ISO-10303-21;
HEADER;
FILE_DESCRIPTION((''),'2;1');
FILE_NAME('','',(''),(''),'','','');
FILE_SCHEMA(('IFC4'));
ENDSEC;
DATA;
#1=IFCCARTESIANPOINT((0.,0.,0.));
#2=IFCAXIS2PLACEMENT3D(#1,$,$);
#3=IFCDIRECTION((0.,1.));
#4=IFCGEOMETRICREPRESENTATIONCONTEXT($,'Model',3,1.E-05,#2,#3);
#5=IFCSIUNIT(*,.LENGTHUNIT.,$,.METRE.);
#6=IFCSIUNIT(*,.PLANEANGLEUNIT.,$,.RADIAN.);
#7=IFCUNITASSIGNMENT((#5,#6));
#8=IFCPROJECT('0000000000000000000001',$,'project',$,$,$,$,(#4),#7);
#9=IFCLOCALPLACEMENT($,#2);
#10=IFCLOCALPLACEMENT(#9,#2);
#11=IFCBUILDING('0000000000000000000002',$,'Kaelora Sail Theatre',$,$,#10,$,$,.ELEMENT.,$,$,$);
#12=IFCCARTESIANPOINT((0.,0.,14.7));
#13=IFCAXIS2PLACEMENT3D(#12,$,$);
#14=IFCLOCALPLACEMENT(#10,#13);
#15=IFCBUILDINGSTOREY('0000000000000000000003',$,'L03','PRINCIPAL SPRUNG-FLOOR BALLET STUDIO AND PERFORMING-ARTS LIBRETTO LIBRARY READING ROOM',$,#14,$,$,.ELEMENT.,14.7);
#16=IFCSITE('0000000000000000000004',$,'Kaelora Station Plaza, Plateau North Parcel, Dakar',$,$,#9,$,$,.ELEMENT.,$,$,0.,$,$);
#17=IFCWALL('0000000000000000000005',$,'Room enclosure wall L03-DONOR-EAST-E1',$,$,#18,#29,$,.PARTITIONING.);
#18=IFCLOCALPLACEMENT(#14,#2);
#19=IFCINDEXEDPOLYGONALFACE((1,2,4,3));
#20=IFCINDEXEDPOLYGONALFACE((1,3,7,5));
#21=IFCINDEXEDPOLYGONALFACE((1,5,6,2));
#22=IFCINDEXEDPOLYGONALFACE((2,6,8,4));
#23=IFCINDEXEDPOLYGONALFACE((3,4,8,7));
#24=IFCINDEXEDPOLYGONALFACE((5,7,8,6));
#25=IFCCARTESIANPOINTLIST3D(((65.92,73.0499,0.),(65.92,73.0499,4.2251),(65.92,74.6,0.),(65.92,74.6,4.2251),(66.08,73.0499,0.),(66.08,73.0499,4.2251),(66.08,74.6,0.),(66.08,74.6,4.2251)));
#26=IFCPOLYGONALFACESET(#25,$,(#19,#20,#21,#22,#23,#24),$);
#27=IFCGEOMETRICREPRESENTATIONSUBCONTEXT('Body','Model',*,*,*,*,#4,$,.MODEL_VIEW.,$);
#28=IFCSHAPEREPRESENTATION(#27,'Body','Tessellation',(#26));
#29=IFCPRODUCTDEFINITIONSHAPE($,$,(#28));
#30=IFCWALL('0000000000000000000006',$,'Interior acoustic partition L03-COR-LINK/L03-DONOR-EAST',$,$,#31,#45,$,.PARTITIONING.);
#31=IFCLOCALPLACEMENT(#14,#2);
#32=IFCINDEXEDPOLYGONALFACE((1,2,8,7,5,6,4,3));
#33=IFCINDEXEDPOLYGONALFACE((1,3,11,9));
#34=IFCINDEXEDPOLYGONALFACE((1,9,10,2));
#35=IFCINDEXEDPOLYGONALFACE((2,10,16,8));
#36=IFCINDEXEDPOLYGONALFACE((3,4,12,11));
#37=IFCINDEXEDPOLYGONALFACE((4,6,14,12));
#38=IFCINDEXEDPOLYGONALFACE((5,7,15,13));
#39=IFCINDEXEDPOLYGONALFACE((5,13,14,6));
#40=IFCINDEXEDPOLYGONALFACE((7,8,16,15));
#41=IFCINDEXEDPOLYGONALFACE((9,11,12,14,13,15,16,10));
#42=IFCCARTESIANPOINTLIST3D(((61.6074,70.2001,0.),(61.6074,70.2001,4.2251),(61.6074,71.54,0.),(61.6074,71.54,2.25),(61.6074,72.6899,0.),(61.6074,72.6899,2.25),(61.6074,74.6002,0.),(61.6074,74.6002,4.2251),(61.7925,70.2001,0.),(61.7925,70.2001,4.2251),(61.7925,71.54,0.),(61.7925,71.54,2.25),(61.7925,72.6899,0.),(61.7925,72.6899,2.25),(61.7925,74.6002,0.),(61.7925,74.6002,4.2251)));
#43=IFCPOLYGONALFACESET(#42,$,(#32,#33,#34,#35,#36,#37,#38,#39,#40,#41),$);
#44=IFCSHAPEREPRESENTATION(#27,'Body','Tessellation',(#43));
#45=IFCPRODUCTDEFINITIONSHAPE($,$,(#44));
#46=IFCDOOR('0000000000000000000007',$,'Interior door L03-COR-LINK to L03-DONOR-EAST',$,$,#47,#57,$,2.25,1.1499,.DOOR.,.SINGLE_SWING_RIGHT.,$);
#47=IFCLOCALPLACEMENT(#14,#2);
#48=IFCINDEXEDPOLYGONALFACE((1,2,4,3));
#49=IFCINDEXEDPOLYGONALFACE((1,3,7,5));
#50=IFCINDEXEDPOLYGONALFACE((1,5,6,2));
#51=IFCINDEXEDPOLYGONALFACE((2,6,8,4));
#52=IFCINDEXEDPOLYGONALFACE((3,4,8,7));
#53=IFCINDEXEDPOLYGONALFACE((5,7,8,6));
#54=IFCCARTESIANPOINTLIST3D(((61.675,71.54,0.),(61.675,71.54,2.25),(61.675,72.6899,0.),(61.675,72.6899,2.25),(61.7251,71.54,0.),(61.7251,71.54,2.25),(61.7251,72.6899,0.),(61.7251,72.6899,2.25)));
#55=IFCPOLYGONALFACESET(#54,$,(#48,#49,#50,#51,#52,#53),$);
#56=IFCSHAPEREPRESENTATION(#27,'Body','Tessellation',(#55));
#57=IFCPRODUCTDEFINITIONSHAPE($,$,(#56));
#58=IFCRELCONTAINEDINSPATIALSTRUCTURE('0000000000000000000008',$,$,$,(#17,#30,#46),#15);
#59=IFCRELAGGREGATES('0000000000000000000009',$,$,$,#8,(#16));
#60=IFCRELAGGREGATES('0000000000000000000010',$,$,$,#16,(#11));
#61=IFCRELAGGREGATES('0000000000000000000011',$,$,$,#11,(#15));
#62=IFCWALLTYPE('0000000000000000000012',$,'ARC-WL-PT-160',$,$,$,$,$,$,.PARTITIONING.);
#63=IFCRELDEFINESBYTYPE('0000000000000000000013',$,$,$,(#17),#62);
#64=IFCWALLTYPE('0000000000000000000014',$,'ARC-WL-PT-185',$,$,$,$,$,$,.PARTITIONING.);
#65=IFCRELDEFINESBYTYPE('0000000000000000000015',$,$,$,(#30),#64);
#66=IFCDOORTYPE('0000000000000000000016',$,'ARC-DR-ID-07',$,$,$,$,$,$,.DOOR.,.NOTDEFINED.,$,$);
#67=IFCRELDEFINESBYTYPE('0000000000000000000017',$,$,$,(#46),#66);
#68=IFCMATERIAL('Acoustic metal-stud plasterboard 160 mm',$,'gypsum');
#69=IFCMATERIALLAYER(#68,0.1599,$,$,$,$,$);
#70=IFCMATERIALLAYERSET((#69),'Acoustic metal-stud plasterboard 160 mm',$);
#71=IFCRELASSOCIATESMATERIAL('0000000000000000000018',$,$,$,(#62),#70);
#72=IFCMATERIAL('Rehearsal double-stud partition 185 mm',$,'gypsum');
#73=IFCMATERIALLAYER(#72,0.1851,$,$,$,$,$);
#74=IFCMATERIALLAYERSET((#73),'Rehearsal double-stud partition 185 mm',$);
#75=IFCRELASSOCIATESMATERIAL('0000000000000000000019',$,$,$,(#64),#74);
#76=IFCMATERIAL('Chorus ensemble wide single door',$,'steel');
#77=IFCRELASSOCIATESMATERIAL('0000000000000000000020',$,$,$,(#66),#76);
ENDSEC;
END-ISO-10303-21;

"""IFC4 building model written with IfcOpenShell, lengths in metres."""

from ifc_helpers import new_model, si_unit, direction, frame, frame_2d, origin, place, context, subcontext, project, spatial, rectangle, extrude, material, layer, layer_set, type_object, element, fill, save


model = new_model("IFC4")

# Units and contexts
model_context = context("Model", 3, precision=1e-05, world=origin(), true_north=direction((0.0, 1.0)))
body_context = subcontext(model_context, "Body", "Model", "MODEL_VIEW")
ifc_project = project(units=[si_unit("LENGTHUNIT", "METRE"), si_unit("PLANEANGLEUNIT", "RADIAN")], contexts=[model_context])

# Site, building, storey
site_placement = place(None, origin())
site = spatial("IfcSite", under=ifc_project, at=site_placement, Name="Kaelora Station Plaza, Plateau North Parcel, Dakar", CompositionType="ELEMENT", RefElevation=0.0)
building_placement = place(site_placement, origin())
building = spatial("IfcBuilding", under=site, at=building_placement, Name="Kaelora Sail Theatre", CompositionType="ELEMENT")
storey_placement = place(building_placement, frame((0.0, 0.0, 14.7)))
storey = spatial("IfcBuildingStorey", under=building, at=storey_placement, Name="L03", Description="PRINCIPAL SPRUNG-FLOOR BALLET STUDIO AND PERFORMING-ARTS LIBRETTO LIBRARY READING ROOM", CompositionType="ELEMENT", Elevation=14.7)

# Shared definitions
ifc_material_1 = material(Name="Acoustic metal-stud plasterboard 160 mm", Category="gypsum")
ifc_layer_1 = layer(ifc_material_1, 0.1599)
ifc_layer_set_1 = layer_set([ifc_layer_1], Name="Acoustic metal-stud plasterboard 160 mm")
wall_type_1 = type_object("IfcWallType", Name="ARC-WL-PT-160", PredefinedType="PARTITIONING", material=ifc_layer_set_1)

# Wall
wall_1_placement = place(storey_placement, frame((66.0, 73.05, 0.0), z_axis=(0.0, 0.0, 1.0), x_axis=(0.0, 1.0, 0.0)))
element("IfcWall", 1, at=wall_1_placement, inside=storey, type_object=wall_type_1, Name="Room enclosure wall L03-DONOR-EAST-E1", PredefinedType="PARTITIONING", context=body_context, shape_type="SweptSolid", body=[
    extrude(rectangle(XDim=1.55, YDim=0.1599, at=frame_2d((0.7749, 0.0))), origin(), (0.0, 0.0, 1.0), 4.2251),
])

# Wall, opening, door
ifc_material_2 = material(Name="Rehearsal double-stud partition 185 mm", Category="gypsum")
ifc_layer_2 = layer(ifc_material_2, 0.1851)
ifc_layer_set_2 = layer_set([ifc_layer_2], Name="Rehearsal double-stud partition 185 mm")
wall_type_2 = type_object("IfcWallType", Name="ARC-WL-PT-185", PredefinedType="PARTITIONING", material=ifc_layer_set_2)
wall_2_placement = place(storey_placement, frame((61.7, 70.2, 0.0), z_axis=(0.0, 0.0, 1.0), x_axis=(0.0, 1.0, 0.0)))
wall_2 = element("IfcWall", 2, at=wall_2_placement, inside=storey, type_object=wall_type_2, Name="Interior acoustic partition L03-COR-LINK/L03-DONOR-EAST", PredefinedType="PARTITIONING", context=body_context, shape_type="SweptSolid", body=[
    extrude(rectangle(XDim=4.4001, YDim=0.1851, at=frame_2d((2.2002, 0.0))), origin(), (0.0, 0.0, 1.0), 4.2251),
])
opening_1_placement = place(wall_2_placement, frame((1.3401, 0.0, 0.0)))
opening_1 = element("IfcOpeningElement", 3, at=opening_1_placement, cuts=wall_2, PredefinedType="OPENING", context=body_context, shape_type="SweptSolid", body=[
    extrude(rectangle(XDim=1.1499, YDim=2.25, at=frame_2d((0.575, 1.125))), frame((0.0, 0.1025, 0.0), z_axis=(0.0, -1.0, 0.0), x_axis=(1.0, 0.0, 0.0)), (0.0, 0.0, 1.0), 0.2051),
])
ifc_material_3 = material(Name="Chorus ensemble wide single door", Category="steel")
door_type_1 = type_object("IfcDoorType", Name="ARC-DR-ID-07", OperationType="NOTDEFINED", PredefinedType="DOOR", material=ifc_material_3)
door_1_placement = place(opening_1_placement, origin())
door_1 = element("IfcDoor", 4, at=door_1_placement, inside=storey, type_object=door_type_1, Name="Interior door L03-COR-LINK to L03-DONOR-EAST", OperationType="SINGLE_SWING_RIGHT", OverallHeight=2.25, OverallWidth=1.1499, PredefinedType="DOOR", context=body_context, shape_type="SweptSolid", body=[
    extrude(rectangle(XDim=1.1499, YDim=2.25, at=frame_2d((0.575, 1.125))), frame((0.0, 0.0249, 0.0), z_axis=(0.0, -1.0, 0.0), x_axis=(1.0, 0.0, 0.0)), (0.0, 0.0, 1.0), 0.05),
])
fill(opening_1, door_1)

save(model, "model.ifc")
